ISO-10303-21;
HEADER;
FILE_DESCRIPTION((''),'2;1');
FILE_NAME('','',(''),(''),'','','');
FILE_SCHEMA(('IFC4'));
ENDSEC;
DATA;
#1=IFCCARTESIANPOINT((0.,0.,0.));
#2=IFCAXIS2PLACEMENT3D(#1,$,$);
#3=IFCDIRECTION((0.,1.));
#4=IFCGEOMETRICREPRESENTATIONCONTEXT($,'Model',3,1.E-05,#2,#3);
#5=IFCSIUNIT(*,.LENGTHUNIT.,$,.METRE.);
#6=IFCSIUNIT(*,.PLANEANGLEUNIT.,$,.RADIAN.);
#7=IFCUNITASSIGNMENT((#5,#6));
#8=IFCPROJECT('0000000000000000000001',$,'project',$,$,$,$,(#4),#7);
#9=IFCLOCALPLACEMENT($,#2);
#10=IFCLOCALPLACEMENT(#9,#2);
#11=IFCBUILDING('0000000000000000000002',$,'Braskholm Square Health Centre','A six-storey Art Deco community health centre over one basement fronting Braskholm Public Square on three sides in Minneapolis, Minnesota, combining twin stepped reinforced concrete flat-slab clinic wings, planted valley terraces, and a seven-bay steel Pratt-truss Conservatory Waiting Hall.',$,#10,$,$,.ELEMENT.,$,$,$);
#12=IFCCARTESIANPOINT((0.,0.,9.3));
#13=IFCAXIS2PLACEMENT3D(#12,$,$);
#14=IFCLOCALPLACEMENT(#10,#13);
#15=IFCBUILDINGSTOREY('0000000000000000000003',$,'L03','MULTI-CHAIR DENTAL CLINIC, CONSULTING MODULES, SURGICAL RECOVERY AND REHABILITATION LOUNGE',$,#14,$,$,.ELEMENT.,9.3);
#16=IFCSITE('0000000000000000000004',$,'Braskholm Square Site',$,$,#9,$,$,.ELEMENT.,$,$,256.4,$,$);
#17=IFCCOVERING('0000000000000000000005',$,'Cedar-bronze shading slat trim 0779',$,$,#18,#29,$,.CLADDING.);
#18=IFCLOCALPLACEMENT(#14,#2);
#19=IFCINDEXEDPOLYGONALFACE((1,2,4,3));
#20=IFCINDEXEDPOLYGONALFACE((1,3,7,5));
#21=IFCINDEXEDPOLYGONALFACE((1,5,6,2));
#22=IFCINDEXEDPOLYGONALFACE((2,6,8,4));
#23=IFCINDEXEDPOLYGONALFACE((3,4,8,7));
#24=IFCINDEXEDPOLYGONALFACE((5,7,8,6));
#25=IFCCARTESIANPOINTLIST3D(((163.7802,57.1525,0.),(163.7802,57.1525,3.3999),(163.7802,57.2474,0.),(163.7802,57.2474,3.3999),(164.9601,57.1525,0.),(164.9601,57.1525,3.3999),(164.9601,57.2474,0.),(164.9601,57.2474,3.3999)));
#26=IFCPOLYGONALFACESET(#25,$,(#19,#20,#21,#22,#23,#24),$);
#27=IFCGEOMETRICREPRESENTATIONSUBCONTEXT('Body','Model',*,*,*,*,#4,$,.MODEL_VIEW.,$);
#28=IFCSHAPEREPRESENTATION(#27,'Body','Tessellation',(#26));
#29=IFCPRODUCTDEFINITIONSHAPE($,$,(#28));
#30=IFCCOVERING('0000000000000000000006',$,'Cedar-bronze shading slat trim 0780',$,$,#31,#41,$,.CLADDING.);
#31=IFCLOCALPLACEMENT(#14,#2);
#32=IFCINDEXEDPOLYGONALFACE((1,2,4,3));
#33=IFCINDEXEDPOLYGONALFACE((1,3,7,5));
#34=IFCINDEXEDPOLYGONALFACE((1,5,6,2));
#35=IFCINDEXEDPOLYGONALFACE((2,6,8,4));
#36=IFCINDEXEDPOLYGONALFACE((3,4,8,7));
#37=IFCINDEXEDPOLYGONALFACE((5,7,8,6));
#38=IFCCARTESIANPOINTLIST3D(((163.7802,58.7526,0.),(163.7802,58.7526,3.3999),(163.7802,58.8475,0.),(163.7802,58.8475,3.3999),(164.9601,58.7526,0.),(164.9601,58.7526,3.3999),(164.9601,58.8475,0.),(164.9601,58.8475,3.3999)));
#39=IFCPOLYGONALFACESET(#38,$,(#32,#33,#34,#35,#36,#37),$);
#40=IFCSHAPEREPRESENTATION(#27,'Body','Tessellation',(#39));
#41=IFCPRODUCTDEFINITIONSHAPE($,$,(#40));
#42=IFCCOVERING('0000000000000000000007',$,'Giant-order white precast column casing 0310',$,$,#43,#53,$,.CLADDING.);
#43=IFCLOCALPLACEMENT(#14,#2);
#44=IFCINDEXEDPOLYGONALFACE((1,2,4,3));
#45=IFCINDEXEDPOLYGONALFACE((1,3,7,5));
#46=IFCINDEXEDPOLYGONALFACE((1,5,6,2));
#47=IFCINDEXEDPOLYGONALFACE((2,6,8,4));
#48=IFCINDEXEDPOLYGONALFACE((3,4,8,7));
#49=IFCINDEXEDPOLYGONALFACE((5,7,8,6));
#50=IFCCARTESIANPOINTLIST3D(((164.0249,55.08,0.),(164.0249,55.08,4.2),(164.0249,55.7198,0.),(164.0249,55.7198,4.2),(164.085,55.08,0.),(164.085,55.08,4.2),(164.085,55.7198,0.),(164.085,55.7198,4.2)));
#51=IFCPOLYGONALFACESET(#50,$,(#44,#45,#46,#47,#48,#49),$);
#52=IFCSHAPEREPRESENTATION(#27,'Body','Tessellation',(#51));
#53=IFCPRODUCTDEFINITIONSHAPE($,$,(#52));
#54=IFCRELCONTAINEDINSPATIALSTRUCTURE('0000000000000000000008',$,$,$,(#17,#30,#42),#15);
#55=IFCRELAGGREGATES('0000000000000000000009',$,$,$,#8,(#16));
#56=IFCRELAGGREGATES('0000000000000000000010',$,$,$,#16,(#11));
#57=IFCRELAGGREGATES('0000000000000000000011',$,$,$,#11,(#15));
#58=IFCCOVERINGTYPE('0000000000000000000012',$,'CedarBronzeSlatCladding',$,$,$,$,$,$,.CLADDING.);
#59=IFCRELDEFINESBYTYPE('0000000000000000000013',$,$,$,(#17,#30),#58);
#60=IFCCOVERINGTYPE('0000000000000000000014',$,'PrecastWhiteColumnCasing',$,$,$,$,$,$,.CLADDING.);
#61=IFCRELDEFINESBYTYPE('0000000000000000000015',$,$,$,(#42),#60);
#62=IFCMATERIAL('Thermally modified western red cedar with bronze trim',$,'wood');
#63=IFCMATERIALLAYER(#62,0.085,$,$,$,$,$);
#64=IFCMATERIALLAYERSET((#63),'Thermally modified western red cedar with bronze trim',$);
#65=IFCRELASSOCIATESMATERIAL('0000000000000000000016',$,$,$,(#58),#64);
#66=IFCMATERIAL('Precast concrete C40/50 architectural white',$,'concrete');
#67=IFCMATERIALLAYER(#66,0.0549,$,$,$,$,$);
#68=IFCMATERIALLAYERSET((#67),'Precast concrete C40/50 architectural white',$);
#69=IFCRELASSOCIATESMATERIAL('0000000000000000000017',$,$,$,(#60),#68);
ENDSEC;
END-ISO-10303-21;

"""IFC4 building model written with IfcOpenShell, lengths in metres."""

from ifc_helpers import new_model, si_unit, direction, frame, origin, origin_2d, place, context, subcontext, project, spatial, rectangle, extrude, material, layer, layer_set, type_object, element, save


model = new_model("IFC4")

# Units and contexts
model_context = context("Model", 3, precision=1e-05, world=origin(), true_north=direction((0.0, 1.0)))
body_context = subcontext(model_context, "Body", "Model", "MODEL_VIEW")
ifc_project = project(units=[si_unit("LENGTHUNIT", "METRE"), si_unit("PLANEANGLEUNIT", "RADIAN")], contexts=[model_context])

# Site, building, storey
site_placement = place(None, origin())
site = spatial("IfcSite", under=ifc_project, at=site_placement, Name="Braskholm Square Site", CompositionType="ELEMENT", RefElevation=256.4)
building_placement = place(site_placement, origin())
building = spatial("IfcBuilding", under=site, at=building_placement, Name="Braskholm Square Health Centre", Description="A six-storey Art Deco community health centre over one basement fronting Braskholm Public Square on three sides in Minneapolis, Minnesota, combining twin stepped reinforced concrete flat-slab clinic wings, planted valley terraces, and a seven-bay steel Pratt-truss Conservatory Waiting Hall.", CompositionType="ELEMENT")
storey_placement = place(building_placement, frame((0.0, 0.0, 9.3)))
storey = spatial("IfcBuildingStorey", under=building, at=storey_placement, Name="L03", Description="MULTI-CHAIR DENTAL CLINIC, CONSULTING MODULES, SURGICAL RECOVERY AND REHABILITATION LOUNGE", CompositionType="ELEMENT", Elevation=9.3)

# Shared definitions
ifc_material_1 = material(Name="Precast concrete C40/50 architectural white", Category="concrete")

# Shared definitions
ifc_material_2 = material(Name="Thermally modified western red cedar with bronze trim", Category="wood")

# Coverings
ifc_layer_1 = layer(ifc_material_2, 0.085)
ifc_layer_set_1 = layer_set([ifc_layer_1], Name="Thermally modified western red cedar with bronze trim")
covering_type_1 = type_object("IfcCoveringType", Name="CedarBronzeSlatCladding", PredefinedType="CLADDING", material=ifc_layer_set_1)
for number, where, z_axis, x_axis, name in (
    (1, (164.3701, 57.2, 0.0), (0.0, 0.0, 1.0), (1.0, 0.0, 0.0), "Cedar-bronze shading slat trim 0779"),
    (2, (164.3701, 58.8, 0.0), (0.0, 0.0, 1.0), (1.0, 0.0, 0.0), "Cedar-bronze shading slat trim 0780"),
):
    element("IfcCovering", number, at=place(storey_placement, frame(where, z_axis=z_axis, x_axis=x_axis)), inside=storey, type_object=covering_type_1, Name=name, PredefinedType="CLADDING", context=body_context, shape_type="SweptSolid", body=[
        extrude(rectangle(XDim=1.1799, YDim=0.095, at=origin_2d()), origin(), (0.0, 0.0, 1.0), 3.3999),
    ])
ifc_layer_2 = layer(ifc_material_1, 0.0549)
ifc_layer_set_2 = layer_set([ifc_layer_2], Name="Precast concrete C40/50 architectural white")
covering_type_2 = type_object("IfcCoveringType", Name="PrecastWhiteColumnCasing", PredefinedType="CLADDING", material=ifc_layer_set_2)
covering_placement = place(storey_placement, frame((164.0549, 55.3999, 0.0), z_axis=(0.0, 0.0, 1.0), x_axis=(1.0, 0.0, 0.0)))
element("IfcCovering", 3, at=covering_placement, inside=storey, type_object=covering_type_2, Name="Giant-order white precast column casing 0310", PredefinedType="CLADDING", context=body_context, shape_type="SweptSolid", body=[
    extrude(rectangle(XDim=0.0601, YDim=0.6399, at=origin_2d()), origin(), (0.0, 0.0, 1.0), 4.2),
])

save(model, "model.ifc")
